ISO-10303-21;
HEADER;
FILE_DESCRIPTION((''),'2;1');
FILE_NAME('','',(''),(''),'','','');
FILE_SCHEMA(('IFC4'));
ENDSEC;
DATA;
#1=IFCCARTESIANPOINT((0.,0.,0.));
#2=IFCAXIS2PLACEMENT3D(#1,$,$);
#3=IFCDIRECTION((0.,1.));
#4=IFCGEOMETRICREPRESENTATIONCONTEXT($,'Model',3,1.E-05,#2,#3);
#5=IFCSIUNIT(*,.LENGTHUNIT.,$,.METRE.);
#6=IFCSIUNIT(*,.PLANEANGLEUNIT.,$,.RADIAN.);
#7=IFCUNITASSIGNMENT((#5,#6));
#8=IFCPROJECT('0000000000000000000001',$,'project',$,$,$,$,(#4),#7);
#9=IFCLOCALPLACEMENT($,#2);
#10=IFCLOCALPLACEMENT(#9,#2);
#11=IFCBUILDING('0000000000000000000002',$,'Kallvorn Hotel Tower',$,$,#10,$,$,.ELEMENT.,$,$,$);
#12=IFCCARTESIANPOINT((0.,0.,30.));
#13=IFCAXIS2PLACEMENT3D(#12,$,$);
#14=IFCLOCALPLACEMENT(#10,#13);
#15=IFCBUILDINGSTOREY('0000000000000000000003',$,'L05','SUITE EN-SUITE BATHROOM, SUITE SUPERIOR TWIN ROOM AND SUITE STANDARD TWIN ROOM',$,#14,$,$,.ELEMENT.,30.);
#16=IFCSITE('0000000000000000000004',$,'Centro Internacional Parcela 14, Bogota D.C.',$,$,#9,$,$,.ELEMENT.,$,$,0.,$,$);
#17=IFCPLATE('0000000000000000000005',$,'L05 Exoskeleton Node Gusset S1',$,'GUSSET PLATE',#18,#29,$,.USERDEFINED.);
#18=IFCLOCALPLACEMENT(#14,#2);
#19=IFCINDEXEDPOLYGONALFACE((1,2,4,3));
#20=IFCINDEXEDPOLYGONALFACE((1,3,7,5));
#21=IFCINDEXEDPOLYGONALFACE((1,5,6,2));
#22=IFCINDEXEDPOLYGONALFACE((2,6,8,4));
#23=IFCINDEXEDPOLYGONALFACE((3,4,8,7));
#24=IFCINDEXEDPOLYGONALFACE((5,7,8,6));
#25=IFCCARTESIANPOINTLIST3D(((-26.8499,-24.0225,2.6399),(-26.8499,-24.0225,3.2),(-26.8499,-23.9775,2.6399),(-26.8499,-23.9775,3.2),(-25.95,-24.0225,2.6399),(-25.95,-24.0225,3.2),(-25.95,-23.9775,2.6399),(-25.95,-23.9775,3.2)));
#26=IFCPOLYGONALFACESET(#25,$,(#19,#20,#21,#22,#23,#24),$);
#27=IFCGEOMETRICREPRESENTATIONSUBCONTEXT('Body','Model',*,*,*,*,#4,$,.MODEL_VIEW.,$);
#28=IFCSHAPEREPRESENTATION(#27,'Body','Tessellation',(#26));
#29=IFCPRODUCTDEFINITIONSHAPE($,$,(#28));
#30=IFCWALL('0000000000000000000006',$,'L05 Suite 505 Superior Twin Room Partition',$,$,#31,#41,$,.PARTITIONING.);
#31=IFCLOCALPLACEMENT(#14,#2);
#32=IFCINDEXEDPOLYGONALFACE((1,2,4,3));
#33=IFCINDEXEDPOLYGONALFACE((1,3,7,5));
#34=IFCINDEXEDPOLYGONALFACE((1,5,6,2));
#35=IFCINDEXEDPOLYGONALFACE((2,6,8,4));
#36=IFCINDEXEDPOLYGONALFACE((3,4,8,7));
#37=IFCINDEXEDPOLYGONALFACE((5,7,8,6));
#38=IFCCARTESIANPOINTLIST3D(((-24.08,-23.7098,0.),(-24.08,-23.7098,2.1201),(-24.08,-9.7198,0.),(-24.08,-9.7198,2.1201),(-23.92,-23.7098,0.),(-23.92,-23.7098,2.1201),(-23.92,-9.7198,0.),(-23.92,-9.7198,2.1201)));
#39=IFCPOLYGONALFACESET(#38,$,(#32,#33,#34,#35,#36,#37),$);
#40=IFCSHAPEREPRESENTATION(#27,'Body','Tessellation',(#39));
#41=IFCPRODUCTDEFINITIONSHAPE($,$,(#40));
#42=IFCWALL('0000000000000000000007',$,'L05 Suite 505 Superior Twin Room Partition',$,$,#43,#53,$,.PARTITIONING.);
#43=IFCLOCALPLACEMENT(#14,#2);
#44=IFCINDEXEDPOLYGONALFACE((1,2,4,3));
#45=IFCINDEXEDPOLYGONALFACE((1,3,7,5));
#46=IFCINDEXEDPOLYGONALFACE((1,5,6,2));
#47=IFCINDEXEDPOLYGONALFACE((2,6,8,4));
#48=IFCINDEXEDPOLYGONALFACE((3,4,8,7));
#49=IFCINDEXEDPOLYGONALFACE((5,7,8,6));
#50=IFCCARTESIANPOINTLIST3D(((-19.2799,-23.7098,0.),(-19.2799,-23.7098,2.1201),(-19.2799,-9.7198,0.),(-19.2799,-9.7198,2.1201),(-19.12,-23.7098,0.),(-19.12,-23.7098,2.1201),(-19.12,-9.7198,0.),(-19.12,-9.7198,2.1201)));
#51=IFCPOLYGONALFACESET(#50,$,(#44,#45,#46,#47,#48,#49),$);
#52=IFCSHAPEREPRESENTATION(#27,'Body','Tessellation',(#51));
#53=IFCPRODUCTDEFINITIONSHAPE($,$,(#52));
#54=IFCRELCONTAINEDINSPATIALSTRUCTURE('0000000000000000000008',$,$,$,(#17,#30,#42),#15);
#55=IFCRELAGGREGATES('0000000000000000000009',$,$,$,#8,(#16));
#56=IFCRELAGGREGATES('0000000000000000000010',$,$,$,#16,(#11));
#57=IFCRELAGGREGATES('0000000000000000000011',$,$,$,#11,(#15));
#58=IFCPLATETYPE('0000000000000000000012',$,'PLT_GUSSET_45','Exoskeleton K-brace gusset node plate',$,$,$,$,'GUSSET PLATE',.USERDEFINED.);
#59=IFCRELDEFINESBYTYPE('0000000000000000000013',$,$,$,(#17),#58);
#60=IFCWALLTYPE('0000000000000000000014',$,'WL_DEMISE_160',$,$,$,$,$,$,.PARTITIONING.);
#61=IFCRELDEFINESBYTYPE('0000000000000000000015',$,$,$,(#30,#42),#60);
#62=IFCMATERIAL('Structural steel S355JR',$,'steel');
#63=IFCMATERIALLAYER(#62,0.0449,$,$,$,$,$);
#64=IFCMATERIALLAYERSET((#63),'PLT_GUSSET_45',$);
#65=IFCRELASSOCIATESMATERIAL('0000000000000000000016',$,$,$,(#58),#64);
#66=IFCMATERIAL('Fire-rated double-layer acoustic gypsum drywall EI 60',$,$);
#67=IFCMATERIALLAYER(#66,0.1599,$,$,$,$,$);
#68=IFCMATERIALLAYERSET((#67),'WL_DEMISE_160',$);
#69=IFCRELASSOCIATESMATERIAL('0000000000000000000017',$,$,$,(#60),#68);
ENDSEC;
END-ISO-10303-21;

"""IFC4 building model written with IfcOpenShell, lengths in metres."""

from ifc_helpers import new_model, si_unit, direction, frame, frame_2d, origin, origin_2d, place, context, subcontext, project, spatial, rectangle, extrude, material, layer, layer_set, type_object, element, save


model = new_model("IFC4")

# Units and contexts
model_context = context("Model", 3, precision=1e-05, world=origin(), true_north=direction((0.0, 1.0)))
body_context = subcontext(model_context, "Body", "Model", "MODEL_VIEW")
ifc_project = project(units=[si_unit("LENGTHUNIT", "METRE"), si_unit("PLANEANGLEUNIT", "RADIAN")], contexts=[model_context])

# Site, building, storey
site_placement = place(None, origin())
site = spatial("IfcSite", under=ifc_project, at=site_placement, Name="Centro Internacional Parcela 14, Bogota D.C.", CompositionType="ELEMENT", RefElevation=0.0)
building_placement = place(site_placement, origin())
building = spatial("IfcBuilding", under=site, at=building_placement, Name="Kallvorn Hotel Tower", CompositionType="ELEMENT")
storey_placement = place(building_placement, frame((0.0, 0.0, 30.0)))
storey = spatial("IfcBuildingStorey", under=building, at=storey_placement, Name="L05", Description="SUITE EN-SUITE BATHROOM, SUITE SUPERIOR TWIN ROOM AND SUITE STANDARD TWIN ROOM", CompositionType="ELEMENT", Elevation=30.0)

# Plate
ifc_material_1 = material(Name="Structural steel S355JR", Category="steel")
ifc_layer_1 = layer(ifc_material_1, 0.0449)
ifc_layer_set_1 = layer_set([ifc_layer_1], Name="PLT_GUSSET_45")
plate_type_1 = type_object("IfcPlateType", Name="PLT_GUSSET_45", Description="Exoskeleton K-brace gusset node plate", ElementType="GUSSET PLATE", PredefinedType="USERDEFINED", material=ifc_layer_set_1)
plate_placement = place(storey_placement, frame((-26.3999, -24.0, 2.6399), z_axis=(0.0, 0.0, 1.0), x_axis=(1.0, 0.0, 0.0)))
element("IfcPlate", 1, at=plate_placement, inside=storey, type_object=plate_type_1, Name="L05 Exoskeleton Node Gusset S1", ObjectType="GUSSET PLATE", PredefinedType="USERDEFINED", context=body_context, shape_type="SweptSolid", body=[
    extrude(rectangle(XDim=0.8999, YDim=0.0449, at=origin_2d()), origin(), (0.0, 0.0, 1.0), 0.5601),
])

# Walls
ifc_material_2 = material(Name="Fire-rated double-layer acoustic gypsum drywall EI 60")
ifc_layer_2 = layer(ifc_material_2, 0.1599)
ifc_layer_set_2 = layer_set([ifc_layer_2], Name="WL_DEMISE_160")
wall_type = type_object("IfcWallType", Name="WL_DEMISE_160", PredefinedType="PARTITIONING", material=ifc_layer_set_2)
for number, where, z_axis, x_axis, name in (
    (2, (-24.0, -23.71, 0.0), (0.0, 0.0, 1.0), (0.0, 1.0, 0.0), "L05 Suite 505 Superior Twin Room Partition"),
    (3, (-19.2, -23.71, 0.0), (0.0, 0.0, 1.0), (0.0, 1.0, 0.0), "L05 Suite 505 Superior Twin Room Partition"),
):
    element("IfcWall", number, at=place(storey_placement, frame(where, z_axis=z_axis, x_axis=x_axis)), inside=storey, type_object=wall_type, Name=name, PredefinedType="PARTITIONING", context=body_context, shape_type="SweptSolid", body=[
        extrude(rectangle(XDim=13.99, YDim=0.1599, at=frame_2d((6.9951, 0.0))), origin(), (0.0, 0.0, 1.0), 2.1201),
    ])

save(model, "model.ifc")
